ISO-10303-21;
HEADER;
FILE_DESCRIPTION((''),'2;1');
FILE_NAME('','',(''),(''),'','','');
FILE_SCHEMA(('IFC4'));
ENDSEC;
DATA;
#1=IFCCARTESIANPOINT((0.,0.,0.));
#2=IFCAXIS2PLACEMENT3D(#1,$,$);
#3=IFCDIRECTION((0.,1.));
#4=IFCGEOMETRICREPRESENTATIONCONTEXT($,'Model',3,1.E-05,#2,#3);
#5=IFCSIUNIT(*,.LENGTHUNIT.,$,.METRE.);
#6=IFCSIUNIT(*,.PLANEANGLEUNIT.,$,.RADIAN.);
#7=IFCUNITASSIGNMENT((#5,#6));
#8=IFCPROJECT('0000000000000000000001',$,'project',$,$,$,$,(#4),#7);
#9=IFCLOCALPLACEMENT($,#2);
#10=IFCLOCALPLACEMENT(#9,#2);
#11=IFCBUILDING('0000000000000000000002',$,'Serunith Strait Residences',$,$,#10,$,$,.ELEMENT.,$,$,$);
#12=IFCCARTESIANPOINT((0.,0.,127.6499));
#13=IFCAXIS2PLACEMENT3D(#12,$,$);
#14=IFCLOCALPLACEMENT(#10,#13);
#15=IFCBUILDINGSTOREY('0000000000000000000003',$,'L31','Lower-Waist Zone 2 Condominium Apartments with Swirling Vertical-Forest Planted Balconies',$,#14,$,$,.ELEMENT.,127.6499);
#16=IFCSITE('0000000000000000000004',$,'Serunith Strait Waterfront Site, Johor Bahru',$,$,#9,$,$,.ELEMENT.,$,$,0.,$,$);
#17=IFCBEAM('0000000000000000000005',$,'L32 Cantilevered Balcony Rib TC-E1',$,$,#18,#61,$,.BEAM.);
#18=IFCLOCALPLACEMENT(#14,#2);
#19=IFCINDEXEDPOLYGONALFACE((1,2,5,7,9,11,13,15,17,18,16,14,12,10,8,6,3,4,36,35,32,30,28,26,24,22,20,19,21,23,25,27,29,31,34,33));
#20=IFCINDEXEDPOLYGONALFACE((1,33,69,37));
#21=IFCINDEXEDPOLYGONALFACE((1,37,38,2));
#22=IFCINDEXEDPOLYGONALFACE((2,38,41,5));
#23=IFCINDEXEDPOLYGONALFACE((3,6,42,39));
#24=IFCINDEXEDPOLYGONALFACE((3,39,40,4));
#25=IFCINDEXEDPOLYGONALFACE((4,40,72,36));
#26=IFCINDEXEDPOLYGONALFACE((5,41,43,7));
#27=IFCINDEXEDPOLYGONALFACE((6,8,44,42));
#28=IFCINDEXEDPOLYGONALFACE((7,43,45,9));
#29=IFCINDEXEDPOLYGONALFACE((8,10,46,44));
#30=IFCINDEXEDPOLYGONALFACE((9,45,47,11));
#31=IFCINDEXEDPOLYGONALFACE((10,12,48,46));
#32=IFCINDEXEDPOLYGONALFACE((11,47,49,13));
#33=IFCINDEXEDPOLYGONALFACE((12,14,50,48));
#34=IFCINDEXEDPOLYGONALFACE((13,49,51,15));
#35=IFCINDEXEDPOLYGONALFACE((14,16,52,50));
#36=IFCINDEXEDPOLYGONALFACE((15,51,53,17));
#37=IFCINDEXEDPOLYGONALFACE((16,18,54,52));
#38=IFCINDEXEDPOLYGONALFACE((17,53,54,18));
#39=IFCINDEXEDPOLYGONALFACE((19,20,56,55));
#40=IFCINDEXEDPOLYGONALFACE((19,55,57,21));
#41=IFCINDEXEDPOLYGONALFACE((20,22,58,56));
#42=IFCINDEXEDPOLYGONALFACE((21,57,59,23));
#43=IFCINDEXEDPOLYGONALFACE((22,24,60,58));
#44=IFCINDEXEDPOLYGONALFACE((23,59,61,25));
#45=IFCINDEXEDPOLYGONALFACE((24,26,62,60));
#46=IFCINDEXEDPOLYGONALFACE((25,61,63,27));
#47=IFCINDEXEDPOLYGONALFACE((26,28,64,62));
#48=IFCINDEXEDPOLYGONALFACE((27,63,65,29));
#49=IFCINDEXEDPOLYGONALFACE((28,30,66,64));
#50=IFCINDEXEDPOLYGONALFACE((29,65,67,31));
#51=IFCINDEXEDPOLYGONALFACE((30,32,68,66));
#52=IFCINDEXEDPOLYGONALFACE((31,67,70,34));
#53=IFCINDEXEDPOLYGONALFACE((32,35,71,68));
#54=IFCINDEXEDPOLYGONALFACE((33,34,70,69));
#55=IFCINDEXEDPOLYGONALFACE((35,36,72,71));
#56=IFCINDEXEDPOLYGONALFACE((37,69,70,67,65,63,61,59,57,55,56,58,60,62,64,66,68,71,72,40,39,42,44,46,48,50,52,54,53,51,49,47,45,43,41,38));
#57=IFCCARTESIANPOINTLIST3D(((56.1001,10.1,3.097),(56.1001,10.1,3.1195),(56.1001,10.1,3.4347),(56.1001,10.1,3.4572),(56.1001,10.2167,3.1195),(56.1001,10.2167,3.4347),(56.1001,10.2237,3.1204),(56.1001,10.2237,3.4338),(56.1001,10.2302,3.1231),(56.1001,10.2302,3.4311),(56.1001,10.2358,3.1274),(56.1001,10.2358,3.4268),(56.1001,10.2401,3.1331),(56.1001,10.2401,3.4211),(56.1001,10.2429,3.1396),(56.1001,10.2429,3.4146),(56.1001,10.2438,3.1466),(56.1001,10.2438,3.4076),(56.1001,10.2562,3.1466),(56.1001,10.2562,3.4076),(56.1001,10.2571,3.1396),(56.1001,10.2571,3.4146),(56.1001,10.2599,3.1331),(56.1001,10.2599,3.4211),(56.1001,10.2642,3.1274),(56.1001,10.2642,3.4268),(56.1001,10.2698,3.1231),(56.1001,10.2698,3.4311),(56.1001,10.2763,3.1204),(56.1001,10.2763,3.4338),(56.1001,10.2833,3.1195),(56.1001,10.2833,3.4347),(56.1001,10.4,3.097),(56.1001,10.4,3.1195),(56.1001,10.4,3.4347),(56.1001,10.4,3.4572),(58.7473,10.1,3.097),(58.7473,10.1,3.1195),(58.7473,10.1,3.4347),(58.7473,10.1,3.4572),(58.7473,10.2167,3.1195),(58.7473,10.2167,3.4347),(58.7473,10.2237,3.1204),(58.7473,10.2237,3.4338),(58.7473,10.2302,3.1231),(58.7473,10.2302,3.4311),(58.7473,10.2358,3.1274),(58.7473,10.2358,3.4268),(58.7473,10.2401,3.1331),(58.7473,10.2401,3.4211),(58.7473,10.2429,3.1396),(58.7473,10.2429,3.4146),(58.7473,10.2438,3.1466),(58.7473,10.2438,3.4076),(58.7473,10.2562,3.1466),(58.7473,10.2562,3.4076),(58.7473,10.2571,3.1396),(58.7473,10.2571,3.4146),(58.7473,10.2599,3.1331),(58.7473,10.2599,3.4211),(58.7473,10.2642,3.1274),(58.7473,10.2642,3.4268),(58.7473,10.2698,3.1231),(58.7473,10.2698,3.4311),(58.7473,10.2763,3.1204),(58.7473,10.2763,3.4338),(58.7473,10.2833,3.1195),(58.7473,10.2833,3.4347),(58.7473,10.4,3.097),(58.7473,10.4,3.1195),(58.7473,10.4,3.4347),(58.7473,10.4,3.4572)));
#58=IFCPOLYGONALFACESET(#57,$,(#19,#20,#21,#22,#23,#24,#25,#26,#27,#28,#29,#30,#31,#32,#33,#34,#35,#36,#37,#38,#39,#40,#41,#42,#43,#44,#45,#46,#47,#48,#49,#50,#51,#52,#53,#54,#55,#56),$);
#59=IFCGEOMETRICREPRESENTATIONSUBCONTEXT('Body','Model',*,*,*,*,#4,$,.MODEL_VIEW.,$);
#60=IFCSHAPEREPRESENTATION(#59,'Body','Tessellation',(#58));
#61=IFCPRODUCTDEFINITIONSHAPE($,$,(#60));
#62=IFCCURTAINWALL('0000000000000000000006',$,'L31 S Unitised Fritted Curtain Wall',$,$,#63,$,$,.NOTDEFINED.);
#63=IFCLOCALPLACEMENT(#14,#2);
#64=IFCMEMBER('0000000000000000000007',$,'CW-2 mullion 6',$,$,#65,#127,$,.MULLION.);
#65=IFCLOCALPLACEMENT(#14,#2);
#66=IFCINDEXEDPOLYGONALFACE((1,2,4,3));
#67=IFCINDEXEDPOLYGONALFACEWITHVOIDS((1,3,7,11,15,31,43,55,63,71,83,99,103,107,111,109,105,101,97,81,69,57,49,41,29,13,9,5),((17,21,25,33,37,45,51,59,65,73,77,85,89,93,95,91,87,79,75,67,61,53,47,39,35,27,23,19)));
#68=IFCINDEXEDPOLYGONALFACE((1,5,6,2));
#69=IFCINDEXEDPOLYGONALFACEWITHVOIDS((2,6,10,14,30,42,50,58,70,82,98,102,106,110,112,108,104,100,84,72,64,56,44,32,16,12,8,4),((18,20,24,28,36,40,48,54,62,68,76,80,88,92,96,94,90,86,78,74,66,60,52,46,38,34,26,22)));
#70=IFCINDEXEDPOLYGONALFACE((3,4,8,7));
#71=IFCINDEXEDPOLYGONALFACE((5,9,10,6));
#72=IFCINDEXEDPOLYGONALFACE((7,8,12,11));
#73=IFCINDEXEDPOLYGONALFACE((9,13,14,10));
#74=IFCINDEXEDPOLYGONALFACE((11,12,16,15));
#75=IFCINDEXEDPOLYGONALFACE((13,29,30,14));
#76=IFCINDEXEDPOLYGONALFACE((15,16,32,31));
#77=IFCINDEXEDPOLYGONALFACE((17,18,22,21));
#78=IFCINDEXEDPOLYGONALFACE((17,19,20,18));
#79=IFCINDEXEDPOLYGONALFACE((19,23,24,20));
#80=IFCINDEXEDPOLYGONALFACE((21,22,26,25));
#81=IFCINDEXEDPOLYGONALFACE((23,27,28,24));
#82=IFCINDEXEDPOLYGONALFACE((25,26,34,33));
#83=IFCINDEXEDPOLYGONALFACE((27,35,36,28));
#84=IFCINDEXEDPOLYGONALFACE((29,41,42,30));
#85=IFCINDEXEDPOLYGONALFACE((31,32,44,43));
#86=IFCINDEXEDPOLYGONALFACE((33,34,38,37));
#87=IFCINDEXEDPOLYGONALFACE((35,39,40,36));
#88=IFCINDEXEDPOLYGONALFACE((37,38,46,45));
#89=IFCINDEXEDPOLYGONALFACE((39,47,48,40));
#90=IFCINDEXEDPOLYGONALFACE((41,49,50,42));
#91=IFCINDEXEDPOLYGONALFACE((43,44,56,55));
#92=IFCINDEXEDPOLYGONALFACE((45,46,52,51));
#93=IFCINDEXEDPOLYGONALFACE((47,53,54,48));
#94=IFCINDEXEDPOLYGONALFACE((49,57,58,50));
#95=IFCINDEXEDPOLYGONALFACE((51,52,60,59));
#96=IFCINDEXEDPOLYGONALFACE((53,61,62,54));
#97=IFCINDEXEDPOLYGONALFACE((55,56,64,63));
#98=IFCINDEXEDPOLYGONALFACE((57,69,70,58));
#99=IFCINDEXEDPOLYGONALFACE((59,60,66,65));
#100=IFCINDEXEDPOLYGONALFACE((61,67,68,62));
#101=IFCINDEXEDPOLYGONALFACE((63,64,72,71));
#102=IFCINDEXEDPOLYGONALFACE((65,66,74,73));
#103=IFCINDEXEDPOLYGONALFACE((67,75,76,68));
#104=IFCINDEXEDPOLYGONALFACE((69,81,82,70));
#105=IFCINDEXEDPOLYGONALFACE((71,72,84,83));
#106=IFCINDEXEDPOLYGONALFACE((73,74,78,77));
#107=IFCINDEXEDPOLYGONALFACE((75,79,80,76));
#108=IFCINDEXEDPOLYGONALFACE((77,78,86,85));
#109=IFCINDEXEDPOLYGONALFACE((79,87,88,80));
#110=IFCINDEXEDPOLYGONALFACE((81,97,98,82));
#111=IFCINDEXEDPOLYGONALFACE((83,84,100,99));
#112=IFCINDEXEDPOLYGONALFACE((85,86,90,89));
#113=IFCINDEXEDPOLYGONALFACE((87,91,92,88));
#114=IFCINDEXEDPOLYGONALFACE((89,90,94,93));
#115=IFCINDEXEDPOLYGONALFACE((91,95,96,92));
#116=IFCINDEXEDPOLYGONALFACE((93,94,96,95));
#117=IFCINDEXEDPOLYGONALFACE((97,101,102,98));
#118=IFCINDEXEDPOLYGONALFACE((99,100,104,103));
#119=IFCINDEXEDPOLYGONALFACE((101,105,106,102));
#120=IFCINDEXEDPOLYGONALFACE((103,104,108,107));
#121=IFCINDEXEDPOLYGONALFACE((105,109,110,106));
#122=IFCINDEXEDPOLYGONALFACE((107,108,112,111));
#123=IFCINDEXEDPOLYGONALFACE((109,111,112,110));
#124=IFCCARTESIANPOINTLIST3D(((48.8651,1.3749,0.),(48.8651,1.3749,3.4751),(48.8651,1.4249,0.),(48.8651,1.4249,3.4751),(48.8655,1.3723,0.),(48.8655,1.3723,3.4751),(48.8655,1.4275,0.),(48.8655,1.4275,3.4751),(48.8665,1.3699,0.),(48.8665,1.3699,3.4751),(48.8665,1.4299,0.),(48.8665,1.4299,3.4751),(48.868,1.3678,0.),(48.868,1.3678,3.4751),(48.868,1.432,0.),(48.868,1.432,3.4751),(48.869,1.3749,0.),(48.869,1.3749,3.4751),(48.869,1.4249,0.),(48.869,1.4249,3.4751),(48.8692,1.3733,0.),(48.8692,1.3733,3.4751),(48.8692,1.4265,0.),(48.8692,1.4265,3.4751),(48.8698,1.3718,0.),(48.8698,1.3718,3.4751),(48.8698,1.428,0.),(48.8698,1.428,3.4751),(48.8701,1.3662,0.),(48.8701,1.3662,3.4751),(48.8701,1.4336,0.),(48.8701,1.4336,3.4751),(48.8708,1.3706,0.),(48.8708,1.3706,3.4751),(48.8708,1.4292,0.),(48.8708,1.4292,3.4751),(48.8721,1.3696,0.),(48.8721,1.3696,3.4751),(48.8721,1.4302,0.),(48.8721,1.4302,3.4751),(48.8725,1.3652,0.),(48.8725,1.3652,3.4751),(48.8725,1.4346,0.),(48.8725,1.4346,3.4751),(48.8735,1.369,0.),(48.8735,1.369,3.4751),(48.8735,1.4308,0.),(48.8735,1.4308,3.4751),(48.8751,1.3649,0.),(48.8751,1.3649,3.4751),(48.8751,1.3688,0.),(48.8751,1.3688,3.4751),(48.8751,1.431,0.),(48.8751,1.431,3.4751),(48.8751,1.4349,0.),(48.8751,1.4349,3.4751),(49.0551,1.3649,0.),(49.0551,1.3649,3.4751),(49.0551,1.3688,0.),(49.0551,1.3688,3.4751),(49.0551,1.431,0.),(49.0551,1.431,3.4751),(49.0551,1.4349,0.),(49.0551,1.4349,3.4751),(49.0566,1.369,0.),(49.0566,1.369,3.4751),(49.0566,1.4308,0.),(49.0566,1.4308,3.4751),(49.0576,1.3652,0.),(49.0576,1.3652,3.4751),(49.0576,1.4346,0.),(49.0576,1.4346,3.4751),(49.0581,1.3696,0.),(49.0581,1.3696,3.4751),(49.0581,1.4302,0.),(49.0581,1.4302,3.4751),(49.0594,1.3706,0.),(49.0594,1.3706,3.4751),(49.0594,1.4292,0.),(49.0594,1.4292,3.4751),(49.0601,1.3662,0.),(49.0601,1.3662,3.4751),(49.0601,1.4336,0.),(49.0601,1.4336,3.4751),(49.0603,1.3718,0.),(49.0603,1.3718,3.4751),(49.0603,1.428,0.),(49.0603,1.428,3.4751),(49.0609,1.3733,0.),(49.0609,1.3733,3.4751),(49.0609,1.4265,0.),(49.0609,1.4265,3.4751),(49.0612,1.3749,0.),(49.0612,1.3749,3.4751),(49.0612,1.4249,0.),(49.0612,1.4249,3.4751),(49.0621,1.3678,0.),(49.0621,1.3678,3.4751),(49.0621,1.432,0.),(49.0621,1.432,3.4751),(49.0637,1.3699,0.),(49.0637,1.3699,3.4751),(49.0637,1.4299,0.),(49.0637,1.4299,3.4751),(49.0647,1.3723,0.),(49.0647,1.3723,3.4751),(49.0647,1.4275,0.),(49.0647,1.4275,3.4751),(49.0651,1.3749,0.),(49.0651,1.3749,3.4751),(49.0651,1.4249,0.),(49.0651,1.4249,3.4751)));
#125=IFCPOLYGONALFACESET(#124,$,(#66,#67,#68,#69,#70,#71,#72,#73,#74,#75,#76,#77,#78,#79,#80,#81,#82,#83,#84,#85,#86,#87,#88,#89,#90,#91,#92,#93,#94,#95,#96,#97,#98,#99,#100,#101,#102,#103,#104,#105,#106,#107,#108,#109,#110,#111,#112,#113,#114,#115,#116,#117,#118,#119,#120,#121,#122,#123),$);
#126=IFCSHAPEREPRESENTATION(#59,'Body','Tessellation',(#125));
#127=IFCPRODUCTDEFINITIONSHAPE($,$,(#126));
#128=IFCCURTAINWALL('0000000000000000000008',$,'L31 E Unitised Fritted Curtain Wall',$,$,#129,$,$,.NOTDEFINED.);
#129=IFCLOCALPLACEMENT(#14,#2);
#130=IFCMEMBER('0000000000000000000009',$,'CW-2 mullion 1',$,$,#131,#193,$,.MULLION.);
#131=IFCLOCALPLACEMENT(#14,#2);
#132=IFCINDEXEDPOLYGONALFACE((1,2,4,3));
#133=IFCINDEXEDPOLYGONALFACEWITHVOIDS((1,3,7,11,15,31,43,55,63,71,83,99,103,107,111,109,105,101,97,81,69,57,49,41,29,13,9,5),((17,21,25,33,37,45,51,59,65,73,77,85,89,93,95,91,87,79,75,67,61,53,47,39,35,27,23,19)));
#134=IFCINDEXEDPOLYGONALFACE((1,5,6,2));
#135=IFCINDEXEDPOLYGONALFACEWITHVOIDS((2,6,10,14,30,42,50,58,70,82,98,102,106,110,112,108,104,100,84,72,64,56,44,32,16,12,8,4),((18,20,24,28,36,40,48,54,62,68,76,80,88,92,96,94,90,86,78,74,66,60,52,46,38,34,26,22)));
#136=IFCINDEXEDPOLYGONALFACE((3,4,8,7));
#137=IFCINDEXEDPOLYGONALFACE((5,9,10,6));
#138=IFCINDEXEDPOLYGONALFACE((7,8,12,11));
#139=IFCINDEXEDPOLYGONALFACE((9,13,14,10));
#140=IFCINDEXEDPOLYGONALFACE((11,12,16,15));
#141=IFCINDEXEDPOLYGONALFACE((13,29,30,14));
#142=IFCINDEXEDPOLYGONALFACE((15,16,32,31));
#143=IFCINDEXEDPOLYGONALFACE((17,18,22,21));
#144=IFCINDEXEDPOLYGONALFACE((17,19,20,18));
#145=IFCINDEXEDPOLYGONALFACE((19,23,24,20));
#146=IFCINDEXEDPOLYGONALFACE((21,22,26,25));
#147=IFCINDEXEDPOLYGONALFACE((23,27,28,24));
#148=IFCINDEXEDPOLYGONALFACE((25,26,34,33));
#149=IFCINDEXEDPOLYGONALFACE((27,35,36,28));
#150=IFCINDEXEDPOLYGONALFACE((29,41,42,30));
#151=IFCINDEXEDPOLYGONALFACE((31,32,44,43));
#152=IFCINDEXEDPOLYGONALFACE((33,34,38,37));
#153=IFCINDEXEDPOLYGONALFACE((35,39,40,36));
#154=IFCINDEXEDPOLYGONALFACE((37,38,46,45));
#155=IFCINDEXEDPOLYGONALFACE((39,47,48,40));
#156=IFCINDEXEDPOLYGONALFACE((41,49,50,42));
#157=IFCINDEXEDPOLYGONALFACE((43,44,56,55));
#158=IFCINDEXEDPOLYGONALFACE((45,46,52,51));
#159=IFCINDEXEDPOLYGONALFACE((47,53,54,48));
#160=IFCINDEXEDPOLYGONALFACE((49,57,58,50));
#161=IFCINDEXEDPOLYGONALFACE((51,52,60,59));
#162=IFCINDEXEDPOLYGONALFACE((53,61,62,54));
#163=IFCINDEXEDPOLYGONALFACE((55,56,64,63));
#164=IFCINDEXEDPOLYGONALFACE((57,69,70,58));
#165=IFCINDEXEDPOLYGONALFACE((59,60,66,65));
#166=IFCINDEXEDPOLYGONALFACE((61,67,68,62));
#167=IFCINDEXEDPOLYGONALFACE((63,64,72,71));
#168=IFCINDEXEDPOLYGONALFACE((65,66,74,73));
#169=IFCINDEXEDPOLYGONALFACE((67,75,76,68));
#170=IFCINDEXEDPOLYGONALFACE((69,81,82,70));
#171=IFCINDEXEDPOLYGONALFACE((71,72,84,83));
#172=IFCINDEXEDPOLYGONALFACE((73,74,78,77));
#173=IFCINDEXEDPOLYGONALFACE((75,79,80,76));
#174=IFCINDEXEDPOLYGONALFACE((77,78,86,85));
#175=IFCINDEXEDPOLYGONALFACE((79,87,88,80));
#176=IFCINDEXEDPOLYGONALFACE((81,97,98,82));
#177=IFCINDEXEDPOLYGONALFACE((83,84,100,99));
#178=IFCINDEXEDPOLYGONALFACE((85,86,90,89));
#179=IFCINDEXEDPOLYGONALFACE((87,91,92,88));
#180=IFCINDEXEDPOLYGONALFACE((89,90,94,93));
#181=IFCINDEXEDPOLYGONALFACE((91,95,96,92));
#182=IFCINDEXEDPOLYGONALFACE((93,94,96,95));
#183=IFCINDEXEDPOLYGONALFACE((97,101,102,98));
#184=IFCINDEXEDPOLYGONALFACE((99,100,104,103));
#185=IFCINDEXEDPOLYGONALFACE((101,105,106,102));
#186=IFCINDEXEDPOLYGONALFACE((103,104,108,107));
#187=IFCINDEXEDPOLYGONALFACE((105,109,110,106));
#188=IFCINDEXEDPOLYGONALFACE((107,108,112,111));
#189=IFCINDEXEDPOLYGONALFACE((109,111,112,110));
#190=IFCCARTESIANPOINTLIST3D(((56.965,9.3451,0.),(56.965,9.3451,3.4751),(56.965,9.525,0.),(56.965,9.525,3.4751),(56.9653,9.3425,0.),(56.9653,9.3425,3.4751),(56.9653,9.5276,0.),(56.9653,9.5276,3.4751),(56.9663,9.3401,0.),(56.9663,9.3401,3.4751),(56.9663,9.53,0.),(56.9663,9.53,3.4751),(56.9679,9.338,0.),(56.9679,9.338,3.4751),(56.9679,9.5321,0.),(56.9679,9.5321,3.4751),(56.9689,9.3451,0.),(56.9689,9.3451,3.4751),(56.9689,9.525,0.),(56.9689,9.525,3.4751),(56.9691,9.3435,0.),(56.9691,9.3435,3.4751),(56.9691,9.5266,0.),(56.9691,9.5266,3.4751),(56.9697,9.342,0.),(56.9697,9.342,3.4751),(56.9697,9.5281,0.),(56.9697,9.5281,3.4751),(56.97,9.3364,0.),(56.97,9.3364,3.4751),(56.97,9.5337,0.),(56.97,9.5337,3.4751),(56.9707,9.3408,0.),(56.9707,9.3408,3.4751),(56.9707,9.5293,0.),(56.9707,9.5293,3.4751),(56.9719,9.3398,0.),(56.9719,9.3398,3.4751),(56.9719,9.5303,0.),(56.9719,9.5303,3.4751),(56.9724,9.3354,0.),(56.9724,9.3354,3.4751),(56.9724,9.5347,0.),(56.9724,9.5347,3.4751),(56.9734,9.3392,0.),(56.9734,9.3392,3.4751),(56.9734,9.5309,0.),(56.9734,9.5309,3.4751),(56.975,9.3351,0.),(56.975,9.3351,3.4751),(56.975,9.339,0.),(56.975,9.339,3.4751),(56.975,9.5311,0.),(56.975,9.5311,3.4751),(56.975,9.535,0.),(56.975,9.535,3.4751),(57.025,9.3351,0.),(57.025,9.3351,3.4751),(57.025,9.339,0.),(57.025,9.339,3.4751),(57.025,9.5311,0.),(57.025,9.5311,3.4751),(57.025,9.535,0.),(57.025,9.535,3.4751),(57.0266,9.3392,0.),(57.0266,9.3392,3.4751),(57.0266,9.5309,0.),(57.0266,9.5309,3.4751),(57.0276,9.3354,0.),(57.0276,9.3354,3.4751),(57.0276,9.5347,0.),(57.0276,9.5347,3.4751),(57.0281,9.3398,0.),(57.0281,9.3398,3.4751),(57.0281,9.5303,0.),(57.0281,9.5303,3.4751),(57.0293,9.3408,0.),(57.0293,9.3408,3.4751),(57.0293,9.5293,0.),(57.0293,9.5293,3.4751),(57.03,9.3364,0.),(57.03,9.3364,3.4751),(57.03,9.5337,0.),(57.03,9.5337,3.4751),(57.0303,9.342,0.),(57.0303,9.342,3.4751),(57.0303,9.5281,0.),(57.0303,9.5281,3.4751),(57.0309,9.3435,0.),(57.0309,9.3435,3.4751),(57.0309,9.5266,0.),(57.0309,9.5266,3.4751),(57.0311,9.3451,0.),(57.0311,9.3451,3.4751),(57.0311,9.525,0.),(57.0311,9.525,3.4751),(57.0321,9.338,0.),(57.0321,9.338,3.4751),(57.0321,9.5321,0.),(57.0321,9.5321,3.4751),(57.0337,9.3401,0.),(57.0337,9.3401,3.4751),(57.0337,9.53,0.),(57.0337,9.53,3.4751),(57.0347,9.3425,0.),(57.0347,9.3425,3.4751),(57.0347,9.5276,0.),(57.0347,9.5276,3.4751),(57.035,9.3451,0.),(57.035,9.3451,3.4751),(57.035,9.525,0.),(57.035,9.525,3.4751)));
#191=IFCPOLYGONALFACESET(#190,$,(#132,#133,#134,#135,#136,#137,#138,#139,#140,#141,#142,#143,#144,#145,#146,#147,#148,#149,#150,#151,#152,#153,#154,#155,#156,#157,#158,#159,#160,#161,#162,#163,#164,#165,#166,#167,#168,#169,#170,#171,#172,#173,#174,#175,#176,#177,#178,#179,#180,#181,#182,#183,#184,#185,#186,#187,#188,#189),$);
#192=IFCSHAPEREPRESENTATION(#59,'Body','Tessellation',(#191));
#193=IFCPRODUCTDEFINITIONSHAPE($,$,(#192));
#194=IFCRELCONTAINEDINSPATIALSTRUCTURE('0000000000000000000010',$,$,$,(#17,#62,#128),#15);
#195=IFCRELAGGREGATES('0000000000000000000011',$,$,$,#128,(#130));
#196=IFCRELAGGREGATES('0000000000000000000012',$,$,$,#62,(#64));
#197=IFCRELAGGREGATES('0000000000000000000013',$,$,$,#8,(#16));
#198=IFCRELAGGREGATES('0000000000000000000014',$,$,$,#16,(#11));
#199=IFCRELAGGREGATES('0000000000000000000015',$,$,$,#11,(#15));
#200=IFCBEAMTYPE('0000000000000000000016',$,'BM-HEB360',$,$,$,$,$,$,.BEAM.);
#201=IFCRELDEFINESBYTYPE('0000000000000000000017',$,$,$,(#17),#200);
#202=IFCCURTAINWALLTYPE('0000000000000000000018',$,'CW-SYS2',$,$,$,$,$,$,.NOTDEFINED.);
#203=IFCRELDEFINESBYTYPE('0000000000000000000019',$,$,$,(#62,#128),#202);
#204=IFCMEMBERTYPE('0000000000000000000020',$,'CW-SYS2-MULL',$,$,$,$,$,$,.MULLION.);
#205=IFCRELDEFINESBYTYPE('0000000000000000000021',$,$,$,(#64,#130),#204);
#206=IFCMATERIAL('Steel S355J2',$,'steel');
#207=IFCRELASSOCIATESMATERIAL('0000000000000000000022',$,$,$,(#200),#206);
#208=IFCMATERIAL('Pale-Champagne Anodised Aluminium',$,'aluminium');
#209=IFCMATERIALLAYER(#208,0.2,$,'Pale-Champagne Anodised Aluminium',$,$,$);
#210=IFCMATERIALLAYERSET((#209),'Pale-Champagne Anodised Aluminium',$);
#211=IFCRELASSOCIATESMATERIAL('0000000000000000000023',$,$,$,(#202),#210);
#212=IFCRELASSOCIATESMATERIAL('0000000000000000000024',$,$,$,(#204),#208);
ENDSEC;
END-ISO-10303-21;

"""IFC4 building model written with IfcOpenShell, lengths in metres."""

from ifc_helpers import new_model, si_unit, direction, frame, origin, origin_2d, place, context, subcontext, project, spatial, hollow_rectangle, i_section, extrude, source, transform, mapped, material, layer, layer_set, material_profile, profile_set, type_object, element, aggregate, save


model = new_model("IFC4")

# Units and contexts
model_context = context("Model", 3, precision=1e-05, world=origin(), true_north=direction((0.0, 1.0)))
body_context = subcontext(model_context, "Body", "Model", "MODEL_VIEW")
ifc_project = project(units=[si_unit("LENGTHUNIT", "METRE"), si_unit("PLANEANGLEUNIT", "RADIAN")], contexts=[model_context])

# Site, building, storey
site_placement = place(None, origin())
site = spatial("IfcSite", under=ifc_project, at=site_placement, Name="Serunith Strait Waterfront Site, Johor Bahru", CompositionType="ELEMENT", RefElevation=0.0)
building_placement = place(site_placement, origin())
building = spatial("IfcBuilding", under=site, at=building_placement, Name="Serunith Strait Residences", CompositionType="ELEMENT")
storey_placement = place(building_placement, frame((0.0, 0.0, 127.6499)))
storey = spatial("IfcBuildingStorey", under=building, at=storey_placement, Name="L31", Description="Lower-Waist Zone 2 Condominium Apartments with Swirling Vertical-Forest Planted Balconies", CompositionType="ELEMENT", Elevation=127.6499)

# Beam
ifc_material_1 = material(Name="Steel S355J2", Category="steel")
ifc_material_profile_1 = material_profile(ifc_material_1, i_section(OverallWidth=0.3, OverallDepth=0.3601, WebThickness=0.0125, FlangeThickness=0.0225, FilletRadius=0.0271, at=origin_2d()), Name="HEB 360")
ifc_profile_set_1 = profile_set([ifc_material_profile_1], Name="Steel S355J2")
beam_type_1 = type_object("IfcBeamType", Name="BM-HEB360", PredefinedType="BEAM", material=ifc_profile_set_1)
shared_shape_1 = source(origin(), body_context, "Body", "SweptSolid", [
    extrude(i_section(OverallWidth=0.3, OverallDepth=0.3601, WebThickness=0.0125, FlangeThickness=0.0225, FilletRadius=0.0271, at=origin_2d()), origin(), (0.0, 0.0, 1.0), 2.6472),
])
beam_1_placement = place(storey_placement, frame((56.1001, 10.25, 3.2771), z_axis=(1.0, 0.0, 0.0), x_axis=(0.0, 1.0, 0.0)))
element("IfcBeam", 1, at=beam_1_placement, inside=storey, type_object=beam_type_1, Name="L32 Cantilevered Balcony Rib TC-E1", PredefinedType="BEAM", context=body_context, shape_type="MappedRepresentation", body=[
    mapped(shared_shape_1, transform((0.0, 0.0, 0.0), scale=1.0)),
])

# Curtain wall, member
ifc_material_2 = material(Name="Pale-Champagne Anodised Aluminium", Category="aluminium")
ifc_layer_1 = layer(ifc_material_2, 0.2, Name="Pale-Champagne Anodised Aluminium")
ifc_layer_set_1 = layer_set([ifc_layer_1], Name="Pale-Champagne Anodised Aluminium")
curtain_wall_type = type_object("IfcCurtainWallType", Name="CW-SYS2", PredefinedType="NOTDEFINED", material=ifc_layer_set_1)
curtain_wall_1_placement = place(storey_placement, origin())
curtain_wall_1 = element("IfcCurtainWall", 2, at=curtain_wall_1_placement, inside=storey, type_object=curtain_wall_type, Name="L31 S Unitised Fritted Curtain Wall", PredefinedType="NOTDEFINED")
ifc_material_profile_2 = material_profile(ifc_material_2, hollow_rectangle(XDim=0.0701, YDim=0.2, WallThickness=0.0039, InnerFilletRadius=0.0061, OuterFilletRadius=0.01, at=origin_2d()), Name="ALU 200x70x4")
ifc_profile_set_2 = profile_set([ifc_material_profile_2], Name="Pale-Champagne Anodised Aluminium")
member_type_1 = type_object("IfcMemberType", Name="CW-SYS2-MULL", PredefinedType="MULLION", material=ifc_profile_set_2)
shared_shape_2 = source(origin(), body_context, "Body", "SweptSolid", [
    extrude(hollow_rectangle(XDim=0.0701, YDim=0.2, WallThickness=0.0039, InnerFilletRadius=0.0061, OuterFilletRadius=0.01, at=origin_2d()), origin(), (0.0, 0.0, 1.0), 3.4751),
])
member_1_placement = place(storey_placement, frame((48.9651, 1.3999, 0.0), z_axis=(0.0, 0.0, 1.0), x_axis=(0.0, 1.0, 0.0)))
member_1 = element("IfcMember", 3, at=member_1_placement, type_object=member_type_1, Name="CW-2 mullion 6", PredefinedType="MULLION", context=body_context, shape_type="MappedRepresentation", body=[
    mapped(shared_shape_2, transform((0.0, 0.0, 0.0), scale=1.0)),
])

# Curtain wall, member
curtain_wall_2_placement = place(storey_placement, origin())
curtain_wall_2 = element("IfcCurtainWall", 4, at=curtain_wall_2_placement, inside=storey, type_object=curtain_wall_type, Name="L31 E Unitised Fritted Curtain Wall", PredefinedType="NOTDEFINED")
member_2_placement = place(storey_placement, frame((57.0, 9.4351, 0.0), z_axis=(0.0, 0.0, 1.0), x_axis=(-1.0, 0.0, 0.0)))
member_2 = element("IfcMember", 5, at=member_2_placement, type_object=member_type_1, Name="CW-2 mullion 1", PredefinedType="MULLION", context=body_context, shape_type="MappedRepresentation", body=[
    mapped(shared_shape_2, transform((0.0, 0.0, 0.0), scale=1.0)),
])
aggregate(curtain_wall_2, [member_2])

aggregate(curtain_wall_1, [member_1])

save(model, "model.ifc")
